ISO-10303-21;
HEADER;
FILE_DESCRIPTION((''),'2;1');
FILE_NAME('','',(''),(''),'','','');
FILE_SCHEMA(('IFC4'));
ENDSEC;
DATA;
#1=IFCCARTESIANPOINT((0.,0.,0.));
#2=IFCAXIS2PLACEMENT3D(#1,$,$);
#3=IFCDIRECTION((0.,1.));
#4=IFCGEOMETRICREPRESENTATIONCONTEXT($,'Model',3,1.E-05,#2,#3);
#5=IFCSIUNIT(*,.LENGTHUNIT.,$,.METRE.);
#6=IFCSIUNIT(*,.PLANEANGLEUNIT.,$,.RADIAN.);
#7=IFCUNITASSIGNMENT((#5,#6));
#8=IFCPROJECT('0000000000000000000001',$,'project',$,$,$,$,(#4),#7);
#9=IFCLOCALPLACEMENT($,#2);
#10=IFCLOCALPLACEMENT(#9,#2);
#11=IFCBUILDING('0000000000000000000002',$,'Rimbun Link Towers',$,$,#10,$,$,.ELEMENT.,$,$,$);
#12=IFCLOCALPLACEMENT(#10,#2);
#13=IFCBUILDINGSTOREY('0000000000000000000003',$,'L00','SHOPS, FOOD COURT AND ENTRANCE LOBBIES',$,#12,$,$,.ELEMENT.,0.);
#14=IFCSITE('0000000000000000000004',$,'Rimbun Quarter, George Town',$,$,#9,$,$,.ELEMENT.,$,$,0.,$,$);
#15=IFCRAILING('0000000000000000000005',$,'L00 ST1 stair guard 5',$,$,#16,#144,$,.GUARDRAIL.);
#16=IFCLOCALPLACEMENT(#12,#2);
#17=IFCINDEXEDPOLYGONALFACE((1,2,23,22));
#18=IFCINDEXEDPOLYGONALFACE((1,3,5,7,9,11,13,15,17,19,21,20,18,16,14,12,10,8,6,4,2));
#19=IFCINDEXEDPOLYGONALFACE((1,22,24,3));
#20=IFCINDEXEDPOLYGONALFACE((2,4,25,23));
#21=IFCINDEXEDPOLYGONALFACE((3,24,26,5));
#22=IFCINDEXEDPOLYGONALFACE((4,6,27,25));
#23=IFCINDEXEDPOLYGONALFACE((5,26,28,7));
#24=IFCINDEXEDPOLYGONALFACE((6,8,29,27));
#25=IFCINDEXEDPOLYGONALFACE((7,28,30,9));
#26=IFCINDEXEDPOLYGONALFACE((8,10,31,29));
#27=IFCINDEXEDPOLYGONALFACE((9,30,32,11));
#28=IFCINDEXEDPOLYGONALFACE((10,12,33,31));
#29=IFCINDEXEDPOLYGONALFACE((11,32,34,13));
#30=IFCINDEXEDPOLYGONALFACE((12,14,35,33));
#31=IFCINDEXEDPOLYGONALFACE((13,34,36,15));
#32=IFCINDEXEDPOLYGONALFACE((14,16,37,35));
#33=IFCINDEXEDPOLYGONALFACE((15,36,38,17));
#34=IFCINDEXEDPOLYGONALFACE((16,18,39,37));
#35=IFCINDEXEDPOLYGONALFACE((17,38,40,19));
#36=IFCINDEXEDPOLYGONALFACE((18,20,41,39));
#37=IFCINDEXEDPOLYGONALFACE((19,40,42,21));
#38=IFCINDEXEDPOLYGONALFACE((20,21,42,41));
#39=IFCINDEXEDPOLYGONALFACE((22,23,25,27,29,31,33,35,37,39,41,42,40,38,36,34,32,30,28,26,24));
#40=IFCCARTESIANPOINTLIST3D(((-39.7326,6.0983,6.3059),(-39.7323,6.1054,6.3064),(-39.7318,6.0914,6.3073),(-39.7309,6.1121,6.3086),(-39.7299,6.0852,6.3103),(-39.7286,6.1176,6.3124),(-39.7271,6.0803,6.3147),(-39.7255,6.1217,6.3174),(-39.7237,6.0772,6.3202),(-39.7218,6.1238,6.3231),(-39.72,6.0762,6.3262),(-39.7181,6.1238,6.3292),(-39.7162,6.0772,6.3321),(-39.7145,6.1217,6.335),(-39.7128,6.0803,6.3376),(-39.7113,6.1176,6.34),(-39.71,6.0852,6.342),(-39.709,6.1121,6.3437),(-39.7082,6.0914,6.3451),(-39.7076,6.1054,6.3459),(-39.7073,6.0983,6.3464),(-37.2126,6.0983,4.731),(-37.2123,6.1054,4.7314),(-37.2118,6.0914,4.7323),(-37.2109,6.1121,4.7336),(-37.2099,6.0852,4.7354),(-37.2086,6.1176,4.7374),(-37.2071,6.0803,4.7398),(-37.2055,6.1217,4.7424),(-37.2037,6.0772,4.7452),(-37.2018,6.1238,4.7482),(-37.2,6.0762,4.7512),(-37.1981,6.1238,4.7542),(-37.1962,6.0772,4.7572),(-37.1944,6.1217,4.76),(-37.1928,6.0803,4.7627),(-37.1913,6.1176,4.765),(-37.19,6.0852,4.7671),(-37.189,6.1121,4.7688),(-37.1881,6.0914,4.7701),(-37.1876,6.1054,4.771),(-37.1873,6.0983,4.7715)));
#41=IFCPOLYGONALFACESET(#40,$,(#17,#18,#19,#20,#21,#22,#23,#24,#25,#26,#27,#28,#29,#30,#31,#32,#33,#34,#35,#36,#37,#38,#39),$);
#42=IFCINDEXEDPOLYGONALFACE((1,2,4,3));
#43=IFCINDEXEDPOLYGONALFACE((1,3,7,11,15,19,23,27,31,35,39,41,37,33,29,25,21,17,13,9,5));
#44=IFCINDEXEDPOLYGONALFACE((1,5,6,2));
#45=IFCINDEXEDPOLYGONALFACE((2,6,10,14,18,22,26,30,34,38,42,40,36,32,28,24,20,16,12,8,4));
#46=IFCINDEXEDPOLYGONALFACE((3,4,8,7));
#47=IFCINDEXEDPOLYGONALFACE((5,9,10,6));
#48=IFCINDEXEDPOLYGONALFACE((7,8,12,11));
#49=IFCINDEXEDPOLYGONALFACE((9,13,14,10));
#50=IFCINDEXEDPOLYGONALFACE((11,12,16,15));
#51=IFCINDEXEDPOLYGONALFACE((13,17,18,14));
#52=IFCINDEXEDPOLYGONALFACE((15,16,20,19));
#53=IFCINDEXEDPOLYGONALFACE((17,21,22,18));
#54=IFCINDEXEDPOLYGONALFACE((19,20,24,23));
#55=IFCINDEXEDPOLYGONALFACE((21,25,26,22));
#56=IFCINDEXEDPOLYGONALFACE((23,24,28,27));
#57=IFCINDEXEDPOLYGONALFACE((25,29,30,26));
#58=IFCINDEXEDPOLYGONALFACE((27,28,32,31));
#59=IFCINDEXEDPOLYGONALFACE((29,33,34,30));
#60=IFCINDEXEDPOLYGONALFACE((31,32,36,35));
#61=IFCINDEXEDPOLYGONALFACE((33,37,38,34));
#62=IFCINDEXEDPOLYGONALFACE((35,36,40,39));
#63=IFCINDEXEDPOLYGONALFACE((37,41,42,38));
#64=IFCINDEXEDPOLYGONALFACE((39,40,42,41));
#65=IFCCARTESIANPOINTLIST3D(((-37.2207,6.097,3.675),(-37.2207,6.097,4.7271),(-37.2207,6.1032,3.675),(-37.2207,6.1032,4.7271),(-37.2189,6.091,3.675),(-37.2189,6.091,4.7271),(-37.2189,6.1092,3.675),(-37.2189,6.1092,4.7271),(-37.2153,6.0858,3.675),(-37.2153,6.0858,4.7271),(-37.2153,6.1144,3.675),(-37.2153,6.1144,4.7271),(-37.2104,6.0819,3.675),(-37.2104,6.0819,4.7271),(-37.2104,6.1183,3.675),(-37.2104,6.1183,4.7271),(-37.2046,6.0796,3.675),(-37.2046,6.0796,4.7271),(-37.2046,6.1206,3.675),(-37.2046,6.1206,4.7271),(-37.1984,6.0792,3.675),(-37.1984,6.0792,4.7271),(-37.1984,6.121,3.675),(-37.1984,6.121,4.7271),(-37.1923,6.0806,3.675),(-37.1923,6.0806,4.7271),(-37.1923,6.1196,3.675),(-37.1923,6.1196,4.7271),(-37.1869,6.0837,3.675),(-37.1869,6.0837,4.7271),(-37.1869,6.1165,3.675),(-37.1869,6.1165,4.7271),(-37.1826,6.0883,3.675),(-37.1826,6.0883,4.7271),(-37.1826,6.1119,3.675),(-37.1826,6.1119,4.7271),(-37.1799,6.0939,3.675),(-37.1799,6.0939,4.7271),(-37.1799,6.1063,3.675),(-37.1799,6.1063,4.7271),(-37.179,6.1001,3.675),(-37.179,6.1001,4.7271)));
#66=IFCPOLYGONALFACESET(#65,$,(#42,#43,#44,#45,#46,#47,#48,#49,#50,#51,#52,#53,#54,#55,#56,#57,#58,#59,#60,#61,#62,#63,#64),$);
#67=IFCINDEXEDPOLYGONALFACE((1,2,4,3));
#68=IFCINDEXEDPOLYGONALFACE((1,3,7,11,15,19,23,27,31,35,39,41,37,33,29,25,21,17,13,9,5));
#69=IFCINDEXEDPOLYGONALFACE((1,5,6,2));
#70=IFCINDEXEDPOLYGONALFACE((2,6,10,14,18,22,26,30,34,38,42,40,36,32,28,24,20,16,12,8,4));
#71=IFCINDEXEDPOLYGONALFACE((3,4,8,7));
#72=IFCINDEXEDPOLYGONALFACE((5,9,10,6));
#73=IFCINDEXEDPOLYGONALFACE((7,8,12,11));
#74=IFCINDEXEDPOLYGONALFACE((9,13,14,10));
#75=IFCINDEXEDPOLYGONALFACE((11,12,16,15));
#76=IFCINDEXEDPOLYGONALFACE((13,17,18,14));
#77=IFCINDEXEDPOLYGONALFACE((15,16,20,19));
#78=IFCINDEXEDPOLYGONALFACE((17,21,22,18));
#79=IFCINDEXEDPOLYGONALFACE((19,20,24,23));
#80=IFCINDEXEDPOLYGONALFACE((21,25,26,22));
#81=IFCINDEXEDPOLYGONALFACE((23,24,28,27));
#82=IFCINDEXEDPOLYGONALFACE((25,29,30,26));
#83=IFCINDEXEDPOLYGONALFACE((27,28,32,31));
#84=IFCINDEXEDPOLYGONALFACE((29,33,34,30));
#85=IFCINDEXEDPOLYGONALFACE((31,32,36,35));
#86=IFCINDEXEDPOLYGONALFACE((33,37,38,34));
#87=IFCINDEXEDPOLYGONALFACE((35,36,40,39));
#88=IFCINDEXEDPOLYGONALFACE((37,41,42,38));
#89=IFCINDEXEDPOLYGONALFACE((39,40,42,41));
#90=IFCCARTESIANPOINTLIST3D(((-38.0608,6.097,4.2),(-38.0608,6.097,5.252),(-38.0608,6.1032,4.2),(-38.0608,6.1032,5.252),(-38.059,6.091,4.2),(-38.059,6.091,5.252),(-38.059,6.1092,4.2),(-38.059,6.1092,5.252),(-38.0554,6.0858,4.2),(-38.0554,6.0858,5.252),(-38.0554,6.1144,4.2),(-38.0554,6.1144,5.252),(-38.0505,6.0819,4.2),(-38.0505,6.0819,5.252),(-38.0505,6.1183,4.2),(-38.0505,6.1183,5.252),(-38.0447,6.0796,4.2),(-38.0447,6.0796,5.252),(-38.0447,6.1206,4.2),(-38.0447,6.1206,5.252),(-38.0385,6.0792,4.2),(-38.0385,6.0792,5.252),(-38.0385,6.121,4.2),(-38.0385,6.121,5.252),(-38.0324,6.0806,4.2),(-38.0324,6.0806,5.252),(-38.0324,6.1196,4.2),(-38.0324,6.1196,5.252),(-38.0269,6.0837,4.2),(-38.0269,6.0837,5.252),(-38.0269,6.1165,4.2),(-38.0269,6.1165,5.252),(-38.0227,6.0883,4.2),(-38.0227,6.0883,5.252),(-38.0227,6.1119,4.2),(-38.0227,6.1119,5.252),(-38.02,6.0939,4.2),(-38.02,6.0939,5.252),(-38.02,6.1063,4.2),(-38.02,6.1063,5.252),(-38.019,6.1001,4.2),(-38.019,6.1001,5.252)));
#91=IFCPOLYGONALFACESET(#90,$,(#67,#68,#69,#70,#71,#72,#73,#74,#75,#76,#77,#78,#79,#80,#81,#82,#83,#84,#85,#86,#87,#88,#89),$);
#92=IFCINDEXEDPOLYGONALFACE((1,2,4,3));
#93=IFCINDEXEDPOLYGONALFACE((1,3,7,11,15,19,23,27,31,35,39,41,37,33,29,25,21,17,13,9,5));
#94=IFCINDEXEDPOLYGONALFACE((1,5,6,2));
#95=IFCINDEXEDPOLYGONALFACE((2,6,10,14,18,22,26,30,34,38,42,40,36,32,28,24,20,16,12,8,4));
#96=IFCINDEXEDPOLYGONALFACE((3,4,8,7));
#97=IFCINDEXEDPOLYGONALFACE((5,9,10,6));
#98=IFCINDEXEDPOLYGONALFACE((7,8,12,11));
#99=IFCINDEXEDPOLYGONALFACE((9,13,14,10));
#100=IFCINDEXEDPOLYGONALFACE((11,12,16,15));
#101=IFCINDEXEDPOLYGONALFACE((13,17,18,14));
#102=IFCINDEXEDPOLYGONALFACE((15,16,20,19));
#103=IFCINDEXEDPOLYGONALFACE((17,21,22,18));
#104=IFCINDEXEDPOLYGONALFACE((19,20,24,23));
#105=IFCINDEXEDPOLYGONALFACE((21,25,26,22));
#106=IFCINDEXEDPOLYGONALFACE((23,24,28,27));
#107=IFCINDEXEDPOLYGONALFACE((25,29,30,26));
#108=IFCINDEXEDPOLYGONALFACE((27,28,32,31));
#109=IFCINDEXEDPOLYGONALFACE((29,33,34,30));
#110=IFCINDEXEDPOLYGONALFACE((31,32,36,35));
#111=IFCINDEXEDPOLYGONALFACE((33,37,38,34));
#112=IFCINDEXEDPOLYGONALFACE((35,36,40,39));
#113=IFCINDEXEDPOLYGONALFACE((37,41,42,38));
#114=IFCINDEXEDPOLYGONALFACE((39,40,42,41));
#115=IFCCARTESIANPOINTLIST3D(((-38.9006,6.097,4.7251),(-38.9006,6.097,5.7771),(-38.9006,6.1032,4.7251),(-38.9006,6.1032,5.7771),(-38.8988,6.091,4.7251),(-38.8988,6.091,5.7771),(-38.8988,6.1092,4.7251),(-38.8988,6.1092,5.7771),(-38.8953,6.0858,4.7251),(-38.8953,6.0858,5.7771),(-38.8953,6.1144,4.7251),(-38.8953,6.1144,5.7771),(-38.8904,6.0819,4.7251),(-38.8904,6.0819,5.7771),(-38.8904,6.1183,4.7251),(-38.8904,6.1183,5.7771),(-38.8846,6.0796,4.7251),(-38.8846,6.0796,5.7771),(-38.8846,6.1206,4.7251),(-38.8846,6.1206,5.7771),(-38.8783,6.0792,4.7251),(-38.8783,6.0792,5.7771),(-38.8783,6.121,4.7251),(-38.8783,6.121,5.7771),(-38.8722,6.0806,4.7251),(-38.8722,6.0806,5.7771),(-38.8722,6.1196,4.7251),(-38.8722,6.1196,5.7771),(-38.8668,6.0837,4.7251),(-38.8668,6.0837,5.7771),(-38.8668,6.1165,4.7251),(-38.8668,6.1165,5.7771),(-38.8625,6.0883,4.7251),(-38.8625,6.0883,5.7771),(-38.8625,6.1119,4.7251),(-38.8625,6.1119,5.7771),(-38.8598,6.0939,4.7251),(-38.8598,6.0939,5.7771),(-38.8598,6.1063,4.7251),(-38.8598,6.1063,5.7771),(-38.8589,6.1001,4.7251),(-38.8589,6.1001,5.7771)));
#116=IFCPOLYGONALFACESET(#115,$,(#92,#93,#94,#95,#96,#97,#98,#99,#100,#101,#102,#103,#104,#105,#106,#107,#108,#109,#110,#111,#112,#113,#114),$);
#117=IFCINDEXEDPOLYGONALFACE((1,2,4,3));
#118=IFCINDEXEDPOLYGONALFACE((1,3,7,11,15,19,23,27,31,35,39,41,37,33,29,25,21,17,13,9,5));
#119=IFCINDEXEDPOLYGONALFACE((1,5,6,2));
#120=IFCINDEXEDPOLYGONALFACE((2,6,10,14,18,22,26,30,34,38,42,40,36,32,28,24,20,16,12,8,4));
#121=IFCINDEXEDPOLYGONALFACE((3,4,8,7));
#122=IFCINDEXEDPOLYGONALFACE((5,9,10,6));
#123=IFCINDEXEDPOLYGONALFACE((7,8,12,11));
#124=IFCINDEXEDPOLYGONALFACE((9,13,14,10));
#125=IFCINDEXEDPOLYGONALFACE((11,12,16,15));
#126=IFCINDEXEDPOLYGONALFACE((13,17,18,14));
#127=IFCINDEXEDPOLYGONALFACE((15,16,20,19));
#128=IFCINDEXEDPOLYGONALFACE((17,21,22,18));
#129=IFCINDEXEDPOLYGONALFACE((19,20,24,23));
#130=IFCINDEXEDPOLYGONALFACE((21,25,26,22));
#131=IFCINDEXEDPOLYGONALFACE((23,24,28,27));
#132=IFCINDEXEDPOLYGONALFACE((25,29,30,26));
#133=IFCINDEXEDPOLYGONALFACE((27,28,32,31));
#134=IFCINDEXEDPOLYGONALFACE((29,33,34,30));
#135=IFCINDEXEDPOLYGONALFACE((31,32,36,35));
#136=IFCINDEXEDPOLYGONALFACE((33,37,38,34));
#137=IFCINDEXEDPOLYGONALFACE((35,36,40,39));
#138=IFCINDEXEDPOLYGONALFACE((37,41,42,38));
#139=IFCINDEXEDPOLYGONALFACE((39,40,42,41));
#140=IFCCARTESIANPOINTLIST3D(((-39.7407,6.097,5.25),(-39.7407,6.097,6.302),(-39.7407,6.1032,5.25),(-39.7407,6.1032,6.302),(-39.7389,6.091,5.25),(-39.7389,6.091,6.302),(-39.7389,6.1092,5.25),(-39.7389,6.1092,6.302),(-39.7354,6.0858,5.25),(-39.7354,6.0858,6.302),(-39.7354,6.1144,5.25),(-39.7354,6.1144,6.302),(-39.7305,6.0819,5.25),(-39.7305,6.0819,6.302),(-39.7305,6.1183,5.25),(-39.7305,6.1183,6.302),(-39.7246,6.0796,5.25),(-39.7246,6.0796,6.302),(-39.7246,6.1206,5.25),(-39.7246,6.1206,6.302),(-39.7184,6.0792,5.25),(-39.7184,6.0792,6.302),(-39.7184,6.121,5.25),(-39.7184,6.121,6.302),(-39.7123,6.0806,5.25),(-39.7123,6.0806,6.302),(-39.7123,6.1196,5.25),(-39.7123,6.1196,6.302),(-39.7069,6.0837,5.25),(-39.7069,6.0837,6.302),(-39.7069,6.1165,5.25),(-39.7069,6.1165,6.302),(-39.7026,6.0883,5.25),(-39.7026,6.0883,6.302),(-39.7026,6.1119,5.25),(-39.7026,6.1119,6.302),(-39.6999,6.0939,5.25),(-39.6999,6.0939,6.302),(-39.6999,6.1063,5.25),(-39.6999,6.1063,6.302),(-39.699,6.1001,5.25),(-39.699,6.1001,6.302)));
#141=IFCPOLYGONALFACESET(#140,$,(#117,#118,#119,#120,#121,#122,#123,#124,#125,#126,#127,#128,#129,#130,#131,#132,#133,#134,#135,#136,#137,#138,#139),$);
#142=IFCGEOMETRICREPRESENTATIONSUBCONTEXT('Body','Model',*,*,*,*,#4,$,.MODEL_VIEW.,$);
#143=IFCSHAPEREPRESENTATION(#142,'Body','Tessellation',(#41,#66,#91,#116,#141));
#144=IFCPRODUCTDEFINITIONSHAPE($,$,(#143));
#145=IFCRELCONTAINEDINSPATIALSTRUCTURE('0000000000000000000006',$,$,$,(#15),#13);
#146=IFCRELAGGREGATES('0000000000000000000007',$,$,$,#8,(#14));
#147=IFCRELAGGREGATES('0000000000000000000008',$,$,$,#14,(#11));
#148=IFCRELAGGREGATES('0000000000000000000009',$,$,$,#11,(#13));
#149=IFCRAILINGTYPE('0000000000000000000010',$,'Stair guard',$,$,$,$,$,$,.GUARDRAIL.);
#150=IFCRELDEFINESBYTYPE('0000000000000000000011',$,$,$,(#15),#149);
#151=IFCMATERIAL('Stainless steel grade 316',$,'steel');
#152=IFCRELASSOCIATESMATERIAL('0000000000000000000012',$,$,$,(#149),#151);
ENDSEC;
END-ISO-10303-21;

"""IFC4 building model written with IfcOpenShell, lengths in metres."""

from ifc_helpers import new_model, si_unit, direction, frame, origin, origin_2d, place, context, subcontext, project, spatial, circle, extrude, material, type_object, element, save


model = new_model("IFC4")

# Units and contexts
model_context = context("Model", 3, precision=1e-05, world=origin(), true_north=direction((0.0, 1.0)))
body_context = subcontext(model_context, "Body", "Model", "MODEL_VIEW")
ifc_project = project(units=[si_unit("LENGTHUNIT", "METRE"), si_unit("PLANEANGLEUNIT", "RADIAN")], contexts=[model_context])

# Site, building, storey
site_placement = place(None, origin())
site = spatial("IfcSite", under=ifc_project, at=site_placement, Name="Rimbun Quarter, George Town", CompositionType="ELEMENT", RefElevation=0.0)
building_placement = place(site_placement, origin())
building = spatial("IfcBuilding", under=site, at=building_placement, Name="Rimbun Link Towers", CompositionType="ELEMENT")
storey_placement = place(building_placement, origin())
storey = spatial("IfcBuildingStorey", under=building, at=storey_placement, Name="L00", Description="SHOPS, FOOD COURT AND ENTRANCE LOBBIES", CompositionType="ELEMENT", Elevation=0.0)

# Railing
ifc_material_1 = material(Name="Stainless steel grade 316", Category="steel")
railing_type_1 = type_object("IfcRailingType", Name="Stair guard", PredefinedType="GUARDRAIL", material=ifc_material_1)
railing_1_placement = place(storey_placement, frame((-37.2, 6.1001, 3.675)))
element("IfcRailing", 1, at=railing_1_placement, inside=storey, type_object=railing_type_1, Name="L00 ST1 stair guard 5", PredefinedType="GUARDRAIL", context=body_context, shape_type="SweptSolid", body=[
    extrude(circle(Radius=0.0239, at=origin_2d()), frame((0.0, 0.0, 1.0762), z_axis=(-0.848008, 0.0, 0.529984), x_axis=(0.0, -1.0, 0.0)), (0.0, 0.0, 1.0), 2.9717),
    extrude(circle(Radius=0.021, at=origin_2d()), origin(), (0.0, 0.0, 1.0), 1.052),
    extrude(circle(Radius=0.021, at=origin_2d()), frame((-0.8401, 0.0, 0.5249)), (0.0, 0.0, 1.0), 1.052),
    extrude(circle(Radius=0.021, at=origin_2d()), frame((-1.6799, 0.0, 1.05)), (0.0, 0.0, 1.0), 1.052),
    extrude(circle(Radius=0.021, at=origin_2d()), frame((-2.52, 0.0, 1.575)), (0.0, 0.0, 1.0), 1.052),
])

save(model, "model.ifc")
